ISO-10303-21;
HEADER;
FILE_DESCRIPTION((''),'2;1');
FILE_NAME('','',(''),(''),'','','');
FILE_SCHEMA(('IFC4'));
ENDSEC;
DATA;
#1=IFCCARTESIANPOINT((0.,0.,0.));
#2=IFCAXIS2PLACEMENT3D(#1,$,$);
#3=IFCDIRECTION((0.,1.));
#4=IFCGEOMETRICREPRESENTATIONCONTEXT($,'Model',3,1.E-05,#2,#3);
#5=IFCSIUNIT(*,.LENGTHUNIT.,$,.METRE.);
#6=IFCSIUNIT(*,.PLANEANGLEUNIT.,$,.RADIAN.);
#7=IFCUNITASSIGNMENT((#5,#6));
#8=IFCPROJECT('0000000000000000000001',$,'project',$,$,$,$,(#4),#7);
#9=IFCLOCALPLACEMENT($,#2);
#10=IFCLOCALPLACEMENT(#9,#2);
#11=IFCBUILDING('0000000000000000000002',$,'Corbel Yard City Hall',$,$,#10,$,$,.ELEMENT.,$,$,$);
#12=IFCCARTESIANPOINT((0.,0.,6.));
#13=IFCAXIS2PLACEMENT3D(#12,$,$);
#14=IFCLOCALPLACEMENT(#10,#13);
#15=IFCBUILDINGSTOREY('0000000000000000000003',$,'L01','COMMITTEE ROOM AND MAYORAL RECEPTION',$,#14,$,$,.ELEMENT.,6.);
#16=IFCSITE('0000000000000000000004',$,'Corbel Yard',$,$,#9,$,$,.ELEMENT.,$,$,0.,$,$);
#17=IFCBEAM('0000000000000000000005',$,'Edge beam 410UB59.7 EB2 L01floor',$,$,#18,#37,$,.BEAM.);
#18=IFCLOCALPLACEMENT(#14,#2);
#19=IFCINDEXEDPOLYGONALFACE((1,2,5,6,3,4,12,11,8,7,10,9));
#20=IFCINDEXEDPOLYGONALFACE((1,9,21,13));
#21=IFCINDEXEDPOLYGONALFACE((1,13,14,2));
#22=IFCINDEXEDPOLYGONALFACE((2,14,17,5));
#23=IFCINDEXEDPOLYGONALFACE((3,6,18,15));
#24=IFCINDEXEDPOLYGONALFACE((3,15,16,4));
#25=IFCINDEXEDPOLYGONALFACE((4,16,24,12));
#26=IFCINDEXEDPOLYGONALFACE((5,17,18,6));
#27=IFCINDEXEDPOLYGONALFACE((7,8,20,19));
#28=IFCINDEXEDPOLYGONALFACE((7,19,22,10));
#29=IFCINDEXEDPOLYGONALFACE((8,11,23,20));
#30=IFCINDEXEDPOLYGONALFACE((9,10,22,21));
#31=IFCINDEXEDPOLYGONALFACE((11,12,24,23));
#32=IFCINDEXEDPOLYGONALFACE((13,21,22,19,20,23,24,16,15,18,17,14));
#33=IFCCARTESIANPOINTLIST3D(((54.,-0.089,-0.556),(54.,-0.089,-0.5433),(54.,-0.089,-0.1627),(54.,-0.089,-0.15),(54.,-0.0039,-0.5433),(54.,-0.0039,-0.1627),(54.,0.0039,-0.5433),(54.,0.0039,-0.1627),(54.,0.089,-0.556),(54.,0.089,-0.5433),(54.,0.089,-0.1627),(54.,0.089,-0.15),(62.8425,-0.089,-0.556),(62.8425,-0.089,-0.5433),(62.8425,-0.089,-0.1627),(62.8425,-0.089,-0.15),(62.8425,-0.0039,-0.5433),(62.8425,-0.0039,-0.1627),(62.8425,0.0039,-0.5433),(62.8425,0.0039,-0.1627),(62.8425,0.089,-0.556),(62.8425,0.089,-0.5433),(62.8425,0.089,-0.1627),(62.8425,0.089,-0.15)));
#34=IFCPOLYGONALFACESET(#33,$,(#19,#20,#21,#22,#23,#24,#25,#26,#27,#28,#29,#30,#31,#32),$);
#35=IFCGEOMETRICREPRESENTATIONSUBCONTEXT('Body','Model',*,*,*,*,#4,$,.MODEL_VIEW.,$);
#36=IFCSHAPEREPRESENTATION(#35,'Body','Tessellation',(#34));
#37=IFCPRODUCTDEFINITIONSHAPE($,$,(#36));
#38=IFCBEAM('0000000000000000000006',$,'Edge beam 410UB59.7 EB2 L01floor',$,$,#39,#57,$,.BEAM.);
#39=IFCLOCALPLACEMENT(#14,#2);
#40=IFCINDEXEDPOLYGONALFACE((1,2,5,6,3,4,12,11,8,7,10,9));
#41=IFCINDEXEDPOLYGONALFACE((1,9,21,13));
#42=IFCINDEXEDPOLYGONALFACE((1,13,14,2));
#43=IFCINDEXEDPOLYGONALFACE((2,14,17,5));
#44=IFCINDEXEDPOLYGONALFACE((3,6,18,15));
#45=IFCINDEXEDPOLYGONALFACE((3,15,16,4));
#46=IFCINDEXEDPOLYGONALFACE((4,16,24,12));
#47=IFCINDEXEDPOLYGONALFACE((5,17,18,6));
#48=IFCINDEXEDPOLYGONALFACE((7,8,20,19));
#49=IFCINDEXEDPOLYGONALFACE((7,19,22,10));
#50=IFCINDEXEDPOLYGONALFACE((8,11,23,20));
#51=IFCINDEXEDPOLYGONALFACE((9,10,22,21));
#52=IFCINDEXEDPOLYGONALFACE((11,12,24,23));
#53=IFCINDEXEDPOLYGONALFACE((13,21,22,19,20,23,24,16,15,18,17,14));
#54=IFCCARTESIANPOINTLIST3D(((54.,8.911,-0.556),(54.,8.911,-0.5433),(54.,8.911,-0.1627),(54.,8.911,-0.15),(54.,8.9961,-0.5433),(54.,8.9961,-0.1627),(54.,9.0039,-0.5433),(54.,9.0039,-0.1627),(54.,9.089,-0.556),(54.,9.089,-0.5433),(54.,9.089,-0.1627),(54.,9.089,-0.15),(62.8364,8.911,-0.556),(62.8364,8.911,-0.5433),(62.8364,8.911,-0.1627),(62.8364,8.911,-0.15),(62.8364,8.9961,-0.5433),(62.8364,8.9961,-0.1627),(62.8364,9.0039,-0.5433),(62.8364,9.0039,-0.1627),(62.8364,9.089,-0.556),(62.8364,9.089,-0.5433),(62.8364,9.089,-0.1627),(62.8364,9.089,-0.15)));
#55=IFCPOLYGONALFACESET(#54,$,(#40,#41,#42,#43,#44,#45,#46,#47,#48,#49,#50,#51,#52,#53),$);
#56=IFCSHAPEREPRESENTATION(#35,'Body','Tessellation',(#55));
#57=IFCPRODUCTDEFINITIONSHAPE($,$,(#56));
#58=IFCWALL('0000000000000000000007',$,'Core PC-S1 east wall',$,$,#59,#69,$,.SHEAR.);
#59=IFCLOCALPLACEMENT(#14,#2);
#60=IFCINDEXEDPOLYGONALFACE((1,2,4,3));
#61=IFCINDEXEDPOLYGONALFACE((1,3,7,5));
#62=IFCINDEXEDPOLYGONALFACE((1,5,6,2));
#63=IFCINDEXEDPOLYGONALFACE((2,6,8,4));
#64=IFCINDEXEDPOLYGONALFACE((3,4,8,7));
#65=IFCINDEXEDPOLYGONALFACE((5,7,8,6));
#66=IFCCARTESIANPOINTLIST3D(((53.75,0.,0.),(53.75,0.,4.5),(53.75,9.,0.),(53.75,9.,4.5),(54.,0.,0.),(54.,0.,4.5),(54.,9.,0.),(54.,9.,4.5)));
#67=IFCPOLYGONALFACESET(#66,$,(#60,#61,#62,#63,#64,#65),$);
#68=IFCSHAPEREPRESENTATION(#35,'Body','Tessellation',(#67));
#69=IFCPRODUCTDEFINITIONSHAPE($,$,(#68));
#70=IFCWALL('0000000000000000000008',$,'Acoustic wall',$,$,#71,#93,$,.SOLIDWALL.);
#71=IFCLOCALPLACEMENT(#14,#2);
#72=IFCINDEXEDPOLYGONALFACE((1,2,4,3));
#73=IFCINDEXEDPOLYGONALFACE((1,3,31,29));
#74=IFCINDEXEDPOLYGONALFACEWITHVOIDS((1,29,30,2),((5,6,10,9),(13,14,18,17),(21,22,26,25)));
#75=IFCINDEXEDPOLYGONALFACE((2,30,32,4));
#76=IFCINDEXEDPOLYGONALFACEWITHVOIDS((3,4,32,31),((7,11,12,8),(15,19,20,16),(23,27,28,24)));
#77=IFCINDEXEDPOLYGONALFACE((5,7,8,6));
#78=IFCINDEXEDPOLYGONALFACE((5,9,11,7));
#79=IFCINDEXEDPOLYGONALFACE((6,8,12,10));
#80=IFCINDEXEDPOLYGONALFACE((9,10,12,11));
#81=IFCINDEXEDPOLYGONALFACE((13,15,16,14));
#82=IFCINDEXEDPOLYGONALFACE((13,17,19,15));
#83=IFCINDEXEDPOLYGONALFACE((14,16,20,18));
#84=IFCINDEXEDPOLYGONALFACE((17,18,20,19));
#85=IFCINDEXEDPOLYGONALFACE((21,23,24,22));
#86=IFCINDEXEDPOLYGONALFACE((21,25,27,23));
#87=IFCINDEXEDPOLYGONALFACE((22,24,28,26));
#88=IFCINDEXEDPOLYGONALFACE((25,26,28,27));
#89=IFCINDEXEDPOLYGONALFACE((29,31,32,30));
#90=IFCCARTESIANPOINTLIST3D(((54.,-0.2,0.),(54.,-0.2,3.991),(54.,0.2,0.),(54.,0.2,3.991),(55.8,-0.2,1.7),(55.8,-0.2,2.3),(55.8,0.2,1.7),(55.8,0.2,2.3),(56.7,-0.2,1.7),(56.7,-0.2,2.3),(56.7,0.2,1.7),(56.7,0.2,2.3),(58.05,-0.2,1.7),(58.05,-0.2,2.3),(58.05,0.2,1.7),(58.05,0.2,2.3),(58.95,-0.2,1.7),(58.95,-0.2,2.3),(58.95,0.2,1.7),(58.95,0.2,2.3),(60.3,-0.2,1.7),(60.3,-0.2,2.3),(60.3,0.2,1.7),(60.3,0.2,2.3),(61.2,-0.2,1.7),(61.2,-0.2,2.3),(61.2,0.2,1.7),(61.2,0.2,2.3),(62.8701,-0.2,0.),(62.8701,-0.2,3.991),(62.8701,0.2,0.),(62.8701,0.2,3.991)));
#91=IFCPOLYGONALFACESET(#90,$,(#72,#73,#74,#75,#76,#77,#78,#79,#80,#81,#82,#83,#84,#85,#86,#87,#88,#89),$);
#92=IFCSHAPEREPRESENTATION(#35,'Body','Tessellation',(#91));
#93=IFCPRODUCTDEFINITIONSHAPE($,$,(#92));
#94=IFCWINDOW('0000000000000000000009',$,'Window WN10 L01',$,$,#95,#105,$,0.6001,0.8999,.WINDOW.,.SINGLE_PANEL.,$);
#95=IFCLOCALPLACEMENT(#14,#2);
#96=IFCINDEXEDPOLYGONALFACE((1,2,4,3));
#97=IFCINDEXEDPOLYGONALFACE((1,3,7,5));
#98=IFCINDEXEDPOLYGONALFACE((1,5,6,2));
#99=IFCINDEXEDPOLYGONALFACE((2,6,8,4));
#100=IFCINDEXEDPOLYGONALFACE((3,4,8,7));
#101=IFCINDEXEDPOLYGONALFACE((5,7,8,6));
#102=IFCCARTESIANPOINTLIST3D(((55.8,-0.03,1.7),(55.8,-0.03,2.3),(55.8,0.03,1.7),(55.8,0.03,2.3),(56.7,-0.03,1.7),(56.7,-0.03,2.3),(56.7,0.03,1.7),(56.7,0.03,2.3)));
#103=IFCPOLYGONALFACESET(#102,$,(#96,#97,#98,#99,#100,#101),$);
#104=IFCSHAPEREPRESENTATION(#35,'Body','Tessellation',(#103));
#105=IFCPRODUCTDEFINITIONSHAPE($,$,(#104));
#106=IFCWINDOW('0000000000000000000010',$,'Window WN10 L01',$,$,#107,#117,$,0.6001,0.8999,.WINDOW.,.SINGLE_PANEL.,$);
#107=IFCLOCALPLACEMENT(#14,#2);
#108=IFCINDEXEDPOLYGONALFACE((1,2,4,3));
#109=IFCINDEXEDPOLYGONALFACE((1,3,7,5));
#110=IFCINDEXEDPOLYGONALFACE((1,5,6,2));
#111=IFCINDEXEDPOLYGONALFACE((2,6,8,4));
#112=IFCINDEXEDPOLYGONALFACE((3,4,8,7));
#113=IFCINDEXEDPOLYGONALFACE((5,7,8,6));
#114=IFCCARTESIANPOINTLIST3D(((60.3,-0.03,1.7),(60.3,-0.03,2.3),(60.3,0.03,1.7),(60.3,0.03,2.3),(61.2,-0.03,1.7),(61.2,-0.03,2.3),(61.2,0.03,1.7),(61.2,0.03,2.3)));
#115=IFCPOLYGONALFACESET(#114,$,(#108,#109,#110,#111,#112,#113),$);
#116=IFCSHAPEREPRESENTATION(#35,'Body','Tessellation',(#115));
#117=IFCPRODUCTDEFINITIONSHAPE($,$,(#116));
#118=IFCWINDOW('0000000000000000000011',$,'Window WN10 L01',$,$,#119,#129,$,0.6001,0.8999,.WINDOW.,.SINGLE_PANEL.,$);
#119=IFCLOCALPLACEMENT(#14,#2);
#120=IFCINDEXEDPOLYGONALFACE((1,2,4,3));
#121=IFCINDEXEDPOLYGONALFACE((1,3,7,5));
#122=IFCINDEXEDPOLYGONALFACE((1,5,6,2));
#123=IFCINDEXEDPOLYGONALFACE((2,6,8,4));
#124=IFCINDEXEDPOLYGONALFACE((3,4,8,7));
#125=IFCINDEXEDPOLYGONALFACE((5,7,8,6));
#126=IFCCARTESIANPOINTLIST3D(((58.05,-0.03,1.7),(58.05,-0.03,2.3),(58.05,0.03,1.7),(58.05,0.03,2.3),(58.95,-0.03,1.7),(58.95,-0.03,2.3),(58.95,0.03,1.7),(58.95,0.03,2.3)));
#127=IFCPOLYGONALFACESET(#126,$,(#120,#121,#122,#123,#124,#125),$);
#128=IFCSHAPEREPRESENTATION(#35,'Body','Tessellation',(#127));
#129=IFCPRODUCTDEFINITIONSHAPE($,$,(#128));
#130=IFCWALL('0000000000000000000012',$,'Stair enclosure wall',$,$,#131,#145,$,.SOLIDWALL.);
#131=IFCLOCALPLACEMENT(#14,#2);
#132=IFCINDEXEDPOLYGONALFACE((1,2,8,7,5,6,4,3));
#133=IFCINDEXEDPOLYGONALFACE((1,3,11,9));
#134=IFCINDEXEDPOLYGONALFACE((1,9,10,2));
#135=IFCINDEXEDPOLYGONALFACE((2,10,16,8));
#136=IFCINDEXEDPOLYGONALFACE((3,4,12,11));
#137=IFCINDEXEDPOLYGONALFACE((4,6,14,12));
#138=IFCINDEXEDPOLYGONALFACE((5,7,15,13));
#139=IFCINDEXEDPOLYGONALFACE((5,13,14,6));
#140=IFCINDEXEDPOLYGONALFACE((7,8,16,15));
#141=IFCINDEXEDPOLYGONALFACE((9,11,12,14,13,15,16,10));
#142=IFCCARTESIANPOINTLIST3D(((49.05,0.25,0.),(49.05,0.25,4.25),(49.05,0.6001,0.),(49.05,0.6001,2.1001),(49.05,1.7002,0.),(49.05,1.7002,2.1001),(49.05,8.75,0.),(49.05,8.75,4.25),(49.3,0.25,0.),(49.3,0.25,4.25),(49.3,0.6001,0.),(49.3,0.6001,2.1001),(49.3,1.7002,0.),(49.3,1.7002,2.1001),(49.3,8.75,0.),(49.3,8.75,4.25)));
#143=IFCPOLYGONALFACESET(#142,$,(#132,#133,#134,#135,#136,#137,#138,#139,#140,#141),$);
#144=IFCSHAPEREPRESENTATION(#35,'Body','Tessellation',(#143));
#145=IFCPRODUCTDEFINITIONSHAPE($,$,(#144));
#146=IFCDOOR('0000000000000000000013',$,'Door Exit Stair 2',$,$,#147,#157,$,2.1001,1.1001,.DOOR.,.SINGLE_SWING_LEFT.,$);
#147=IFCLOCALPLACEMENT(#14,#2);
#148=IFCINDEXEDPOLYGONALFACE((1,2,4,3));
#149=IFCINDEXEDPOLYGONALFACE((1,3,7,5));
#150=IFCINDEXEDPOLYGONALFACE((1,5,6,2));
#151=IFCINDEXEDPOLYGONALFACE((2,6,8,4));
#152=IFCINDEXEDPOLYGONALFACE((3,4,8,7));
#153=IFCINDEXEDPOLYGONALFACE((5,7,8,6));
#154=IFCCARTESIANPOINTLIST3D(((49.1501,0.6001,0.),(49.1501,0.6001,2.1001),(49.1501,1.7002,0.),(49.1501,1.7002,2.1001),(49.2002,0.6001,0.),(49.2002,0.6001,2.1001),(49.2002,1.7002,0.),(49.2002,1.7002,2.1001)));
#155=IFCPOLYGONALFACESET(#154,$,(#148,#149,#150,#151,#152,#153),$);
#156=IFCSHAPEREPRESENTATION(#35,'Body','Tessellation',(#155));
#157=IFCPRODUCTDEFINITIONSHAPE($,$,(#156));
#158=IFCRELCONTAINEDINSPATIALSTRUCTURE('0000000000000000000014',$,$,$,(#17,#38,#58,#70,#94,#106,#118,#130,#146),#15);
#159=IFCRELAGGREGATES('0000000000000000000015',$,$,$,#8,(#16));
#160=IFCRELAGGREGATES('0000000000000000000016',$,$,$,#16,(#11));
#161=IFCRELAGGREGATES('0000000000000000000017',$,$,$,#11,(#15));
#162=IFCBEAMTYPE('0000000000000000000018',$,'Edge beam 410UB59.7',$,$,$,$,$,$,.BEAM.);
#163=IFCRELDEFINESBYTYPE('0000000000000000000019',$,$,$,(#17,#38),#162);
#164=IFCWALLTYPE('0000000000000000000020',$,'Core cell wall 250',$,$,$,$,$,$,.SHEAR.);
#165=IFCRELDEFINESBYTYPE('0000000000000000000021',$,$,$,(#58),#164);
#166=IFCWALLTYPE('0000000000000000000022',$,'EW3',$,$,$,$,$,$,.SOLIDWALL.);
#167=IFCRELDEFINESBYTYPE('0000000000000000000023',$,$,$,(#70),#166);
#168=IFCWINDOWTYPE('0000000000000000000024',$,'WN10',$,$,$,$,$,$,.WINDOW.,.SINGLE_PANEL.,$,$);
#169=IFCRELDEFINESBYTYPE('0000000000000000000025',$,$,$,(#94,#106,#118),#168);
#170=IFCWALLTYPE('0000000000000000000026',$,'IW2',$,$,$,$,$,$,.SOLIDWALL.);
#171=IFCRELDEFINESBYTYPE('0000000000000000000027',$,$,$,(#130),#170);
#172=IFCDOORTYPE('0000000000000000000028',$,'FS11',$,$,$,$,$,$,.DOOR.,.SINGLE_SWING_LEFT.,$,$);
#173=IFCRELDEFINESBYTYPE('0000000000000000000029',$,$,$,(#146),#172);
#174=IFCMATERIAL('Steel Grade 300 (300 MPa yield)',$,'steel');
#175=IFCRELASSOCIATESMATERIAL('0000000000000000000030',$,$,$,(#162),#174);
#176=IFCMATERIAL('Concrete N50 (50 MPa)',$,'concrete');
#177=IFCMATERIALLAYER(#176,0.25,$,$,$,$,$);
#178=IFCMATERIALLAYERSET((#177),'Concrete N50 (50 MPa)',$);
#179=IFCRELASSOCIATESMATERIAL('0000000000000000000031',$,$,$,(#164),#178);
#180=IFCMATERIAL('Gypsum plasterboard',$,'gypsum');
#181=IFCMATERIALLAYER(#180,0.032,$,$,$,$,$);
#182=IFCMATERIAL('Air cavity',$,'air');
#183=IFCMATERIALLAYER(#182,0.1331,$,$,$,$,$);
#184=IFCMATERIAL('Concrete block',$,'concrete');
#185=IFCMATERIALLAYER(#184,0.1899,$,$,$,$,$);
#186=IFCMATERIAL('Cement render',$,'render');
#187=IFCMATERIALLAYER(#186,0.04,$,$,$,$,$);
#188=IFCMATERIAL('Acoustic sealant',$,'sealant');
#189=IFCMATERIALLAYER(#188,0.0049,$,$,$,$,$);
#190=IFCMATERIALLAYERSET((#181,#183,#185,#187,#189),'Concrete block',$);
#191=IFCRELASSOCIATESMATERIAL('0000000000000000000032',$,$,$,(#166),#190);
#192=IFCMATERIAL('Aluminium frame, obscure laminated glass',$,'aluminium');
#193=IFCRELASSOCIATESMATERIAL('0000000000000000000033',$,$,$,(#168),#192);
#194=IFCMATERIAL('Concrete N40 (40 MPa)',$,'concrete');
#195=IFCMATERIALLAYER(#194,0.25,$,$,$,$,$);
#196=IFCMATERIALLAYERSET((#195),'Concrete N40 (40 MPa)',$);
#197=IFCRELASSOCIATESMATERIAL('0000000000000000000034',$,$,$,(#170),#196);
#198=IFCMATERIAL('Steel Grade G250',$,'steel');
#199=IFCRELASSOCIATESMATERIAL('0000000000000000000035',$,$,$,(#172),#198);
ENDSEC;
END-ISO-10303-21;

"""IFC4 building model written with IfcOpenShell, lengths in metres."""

from ifc_helpers import new_model, si_unit, direction, frame, frame_2d, origin, origin_2d, place, context, subcontext, project, spatial, rectangle, i_section, extrude, material, layer, layer_set, material_profile, profile_set, type_object, element, fill, save


model = new_model("IFC4")

# Units and contexts
model_context = context("Model", 3, precision=1e-05, world=origin(), true_north=direction((0.0, 1.0)))
body_context = subcontext(model_context, "Body", "Model", "MODEL_VIEW")
ifc_project = project(units=[si_unit("LENGTHUNIT", "METRE"), si_unit("PLANEANGLEUNIT", "RADIAN")], contexts=[model_context])

# Site, building, storey
site_placement = place(None, origin())
site = spatial("IfcSite", under=ifc_project, at=site_placement, Name="Corbel Yard", CompositionType="ELEMENT", RefElevation=0.0)
building_placement = place(site_placement, origin())
building = spatial("IfcBuilding", under=site, at=building_placement, Name="Corbel Yard City Hall", CompositionType="ELEMENT")
storey_placement = place(building_placement, frame((0.0, 0.0, 6.0)))
storey = spatial("IfcBuildingStorey", under=building, at=storey_placement, Name="L01", Description="COMMITTEE ROOM AND MAYORAL RECEPTION", CompositionType="ELEMENT", Elevation=6.0)

# Beams
ifc_material_1 = material(Name="Steel Grade 300 (300 MPa yield)", Category="steel")
ifc_material_profile = material_profile(ifc_material_1, i_section(OverallWidth=0.178, OverallDepth=0.406, WebThickness=0.0078, FlangeThickness=0.0127, at=origin_2d()), Name="410UB59.7")
ifc_profile_set = profile_set([ifc_material_profile], Name="Steel Grade 300 (300 MPa yield)")
beam_type = type_object("IfcBeamType", Name="Edge beam 410UB59.7", PredefinedType="BEAM", material=ifc_profile_set)
beam_1_placement = place(storey_placement, frame((54.0, 0.0, -0.353), z_axis=(1.0, 0.0, 0.0), x_axis=(0.0, 1.0, 0.0)))
element("IfcBeam", 1, at=beam_1_placement, inside=storey, type_object=beam_type, Name="Edge beam 410UB59.7 EB2 L01floor", PredefinedType="BEAM", context=body_context, shape_type="SweptSolid", body=[
    extrude(i_section(OverallWidth=0.178, OverallDepth=0.406, WebThickness=0.0078, FlangeThickness=0.0127, at=origin_2d()), origin(), (0.0, 0.0, 1.0), 8.8425),
])
beam_2_placement = place(storey_placement, frame((54.0, 9.0, -0.353), z_axis=(1.0, 0.0, 0.0), x_axis=(0.0, 1.0, 0.0)))
element("IfcBeam", 2, at=beam_2_placement, inside=storey, type_object=beam_type, Name="Edge beam 410UB59.7 EB2 L01floor", PredefinedType="BEAM", context=body_context, shape_type="SweptSolid", body=[
    extrude(i_section(OverallWidth=0.178, OverallDepth=0.406, WebThickness=0.0078, FlangeThickness=0.0127, at=origin_2d()), origin(), (0.0, 0.0, 1.0), 8.8364),
])

# Wall
ifc_material_2 = material(Name="Concrete N50 (50 MPa)", Category="concrete")
ifc_layer_1 = layer(ifc_material_2, 0.25)
ifc_layer_set_1 = layer_set([ifc_layer_1], Name="Concrete N50 (50 MPa)")
wall_type_1 = type_object("IfcWallType", Name="Core cell wall 250", PredefinedType="SHEAR", material=ifc_layer_set_1)
wall_1_placement = place(storey_placement, frame((53.875, 0.0, 0.0), z_axis=(0.0, 0.0, 1.0), x_axis=(0.0, 1.0, 0.0)))
element("IfcWall", 3, at=wall_1_placement, inside=storey, type_object=wall_type_1, Name="Core PC-S1 east wall", PredefinedType="SHEAR", context=body_context, shape_type="SweptSolid", body=[
    extrude(rectangle(XDim=9.0, YDim=0.25, at=frame_2d((4.5, 0.0))), origin(), (0.0, 0.0, 1.0), 4.5),
])

# Wall, openings, windows
ifc_material_3 = material(Name="Gypsum plasterboard", Category="gypsum")
ifc_layer_2 = layer(ifc_material_3, 0.032)
ifc_material_4 = material(Name="Air cavity", Category="air")
ifc_layer_3 = layer(ifc_material_4, 0.1331)
ifc_material_5 = material(Name="Concrete block", Category="concrete")
ifc_layer_4 = layer(ifc_material_5, 0.1899)
ifc_material_6 = material(Name="Cement render", Category="render")
ifc_layer_5 = layer(ifc_material_6, 0.04)
ifc_material_7 = material(Name="Acoustic sealant", Category="sealant")
ifc_layer_6 = layer(ifc_material_7, 0.0049)
ifc_layer_set_2 = layer_set([ifc_layer_2, ifc_layer_3, ifc_layer_4, ifc_layer_5, ifc_layer_6], Name="Concrete block")
wall_type_2 = type_object("IfcWallType", Name="EW3", PredefinedType="SOLIDWALL", material=ifc_layer_set_2)
wall_2_placement = place(storey_placement, frame((54.0, 0.0, 0.0), z_axis=(0.0, 0.0, 1.0), x_axis=(1.0, 0.0, 0.0)))
wall_2 = element("IfcWall", 4, at=wall_2_placement, inside=storey, type_object=wall_type_2, Name="Acoustic wall", PredefinedType="SOLIDWALL", context=body_context, shape_type="SweptSolid", body=[
    extrude(rectangle(XDim=8.8701, YDim=0.3999, at=frame_2d((4.4351, 0.0))), origin(), (0.0, 0.0, 1.0), 3.991),
])
opening_1_placement = place(wall_2_placement, frame((1.8, 0.0, 1.7)))
opening_1 = element("IfcOpeningElement", 5, at=opening_1_placement, cuts=wall_2, PredefinedType="OPENING", context=body_context, shape_type="SweptSolid", body=[
    extrude(rectangle(XDim=0.8999, YDim=0.6001, at=frame_2d((0.45, 0.3))), frame((0.0, 0.21, 0.0), z_axis=(0.0, -1.0, 0.0), x_axis=(1.0, 0.0, 0.0)), (0.0, 0.0, 1.0), 0.4199),
])
opening_2_placement = place(wall_2_placement, frame((6.3, 0.0, 1.7)))
opening_2 = element("IfcOpeningElement", 6, at=opening_2_placement, cuts=wall_2, PredefinedType="OPENING", context=body_context, shape_type="SweptSolid", body=[
    extrude(rectangle(XDim=0.8999, YDim=0.6001, at=frame_2d((0.45, 0.3))), frame((0.0, 0.21, 0.0), z_axis=(0.0, -1.0, 0.0), x_axis=(1.0, 0.0, 0.0)), (0.0, 0.0, 1.0), 0.4199),
])
opening_3_placement = place(wall_2_placement, frame((4.05, 0.0, 1.7)))
opening_3 = element("IfcOpeningElement", 7, at=opening_3_placement, cuts=wall_2, PredefinedType="OPENING", context=body_context, shape_type="SweptSolid", body=[
    extrude(rectangle(XDim=0.8999, YDim=0.6001, at=frame_2d((0.45, 0.3))), frame((0.0, 0.21, 0.0), z_axis=(0.0, -1.0, 0.0), x_axis=(1.0, 0.0, 0.0)), (0.0, 0.0, 1.0), 0.4199),
])
ifc_material_8 = material(Name="Aluminium frame, obscure laminated glass", Category="aluminium")
window_type = type_object("IfcWindowType", Name="WN10", PartitioningType="SINGLE_PANEL", PredefinedType="WINDOW", material=ifc_material_8)
window_1_placement = place(opening_1_placement, origin())
window_1 = element("IfcWindow", 8, at=window_1_placement, inside=storey, type_object=window_type, Name="Window WN10 L01", OverallHeight=0.6001, OverallWidth=0.8999, PartitioningType="SINGLE_PANEL", PredefinedType="WINDOW", context=body_context, shape_type="SweptSolid", body=[
    extrude(rectangle(XDim=0.8999, YDim=0.6001, at=frame_2d((0.45, 0.3))), frame((0.0, 0.03, 0.0), z_axis=(0.0, -1.0, 0.0), x_axis=(1.0, 0.0, 0.0)), (0.0, 0.0, 1.0), 0.0601),
])
fill(opening_1, window_1)
window_2_placement = place(opening_2_placement, origin())
window_2 = element("IfcWindow", 9, at=window_2_placement, inside=storey, type_object=window_type, Name="Window WN10 L01", OverallHeight=0.6001, OverallWidth=0.8999, PartitioningType="SINGLE_PANEL", PredefinedType="WINDOW", context=body_context, shape_type="SweptSolid", body=[
    extrude(rectangle(XDim=0.8999, YDim=0.6001, at=frame_2d((0.45, 0.3))), frame((0.0, 0.03, 0.0), z_axis=(0.0, -1.0, 0.0), x_axis=(1.0, 0.0, 0.0)), (0.0, 0.0, 1.0), 0.0601),
])
fill(opening_2, window_2)
window_3_placement = place(opening_3_placement, origin())
window_3 = element("IfcWindow", 10, at=window_3_placement, inside=storey, type_object=window_type, Name="Window WN10 L01", OverallHeight=0.6001, OverallWidth=0.8999, PartitioningType="SINGLE_PANEL", PredefinedType="WINDOW", context=body_context, shape_type="SweptSolid", body=[
    extrude(rectangle(XDim=0.8999, YDim=0.6001, at=frame_2d((0.45, 0.3))), frame((0.0, 0.03, 0.0), z_axis=(0.0, -1.0, 0.0), x_axis=(1.0, 0.0, 0.0)), (0.0, 0.0, 1.0), 0.0601),
])
fill(opening_3, window_3)

# Wall, opening, door
ifc_material_9 = material(Name="Concrete N40 (40 MPa)", Category="concrete")
ifc_layer_7 = layer(ifc_material_9, 0.25)
ifc_layer_set_3 = layer_set([ifc_layer_7], Name="Concrete N40 (40 MPa)")
wall_type_3 = type_object("IfcWallType", Name="IW2", PredefinedType="SOLIDWALL", material=ifc_layer_set_3)
wall_3_placement = place(storey_placement, frame((49.175, 0.25, 0.0), z_axis=(0.0, 0.0, 1.0), x_axis=(0.0, 1.0, 0.0)))
wall_3 = element("IfcWall", 11, at=wall_3_placement, inside=storey, type_object=wall_type_3, Name="Stair enclosure wall", PredefinedType="SOLIDWALL", context=body_context, shape_type="SweptSolid", body=[
    extrude(rectangle(XDim=8.5, YDim=0.25, at=frame_2d((4.25, 0.0))), origin(), (0.0, 0.0, 1.0), 4.25),
])
opening_4_placement = place(wall_3_placement, frame((0.3501, 0.0, 0.0)))
opening_4 = element("IfcOpeningElement", 12, at=opening_4_placement, cuts=wall_3, PredefinedType="OPENING", context=body_context, shape_type="SweptSolid", body=[
    extrude(rectangle(XDim=1.1001, YDim=2.1001, at=frame_2d((0.55, 1.05))), frame((0.0, 0.135, 0.0), z_axis=(0.0, -1.0, 0.0), x_axis=(1.0, 0.0, 0.0)), (0.0, 0.0, 1.0), 0.27),
])
ifc_material_10 = material(Name="Steel Grade G250", Category="steel")
door_type_1 = type_object("IfcDoorType", Name="FS11", OperationType="SINGLE_SWING_LEFT", PredefinedType="DOOR", material=ifc_material_10)
door_1_placement = place(opening_4_placement, origin())
door_1 = element("IfcDoor", 13, at=door_1_placement, inside=storey, type_object=door_type_1, Name="Door Exit Stair 2", OperationType="SINGLE_SWING_LEFT", OverallHeight=2.1001, OverallWidth=1.1001, PredefinedType="DOOR", context=body_context, shape_type="SweptSolid", body=[
    extrude(rectangle(XDim=1.1001, YDim=2.1001, at=frame_2d((0.55, 1.05))), frame((0.0, 0.0249, 0.0), z_axis=(0.0, -1.0, 0.0), x_axis=(1.0, 0.0, 0.0)), (0.0, 0.0, 1.0), 0.05),
])
fill(opening_4, door_1)

save(model, "model.ifc")
